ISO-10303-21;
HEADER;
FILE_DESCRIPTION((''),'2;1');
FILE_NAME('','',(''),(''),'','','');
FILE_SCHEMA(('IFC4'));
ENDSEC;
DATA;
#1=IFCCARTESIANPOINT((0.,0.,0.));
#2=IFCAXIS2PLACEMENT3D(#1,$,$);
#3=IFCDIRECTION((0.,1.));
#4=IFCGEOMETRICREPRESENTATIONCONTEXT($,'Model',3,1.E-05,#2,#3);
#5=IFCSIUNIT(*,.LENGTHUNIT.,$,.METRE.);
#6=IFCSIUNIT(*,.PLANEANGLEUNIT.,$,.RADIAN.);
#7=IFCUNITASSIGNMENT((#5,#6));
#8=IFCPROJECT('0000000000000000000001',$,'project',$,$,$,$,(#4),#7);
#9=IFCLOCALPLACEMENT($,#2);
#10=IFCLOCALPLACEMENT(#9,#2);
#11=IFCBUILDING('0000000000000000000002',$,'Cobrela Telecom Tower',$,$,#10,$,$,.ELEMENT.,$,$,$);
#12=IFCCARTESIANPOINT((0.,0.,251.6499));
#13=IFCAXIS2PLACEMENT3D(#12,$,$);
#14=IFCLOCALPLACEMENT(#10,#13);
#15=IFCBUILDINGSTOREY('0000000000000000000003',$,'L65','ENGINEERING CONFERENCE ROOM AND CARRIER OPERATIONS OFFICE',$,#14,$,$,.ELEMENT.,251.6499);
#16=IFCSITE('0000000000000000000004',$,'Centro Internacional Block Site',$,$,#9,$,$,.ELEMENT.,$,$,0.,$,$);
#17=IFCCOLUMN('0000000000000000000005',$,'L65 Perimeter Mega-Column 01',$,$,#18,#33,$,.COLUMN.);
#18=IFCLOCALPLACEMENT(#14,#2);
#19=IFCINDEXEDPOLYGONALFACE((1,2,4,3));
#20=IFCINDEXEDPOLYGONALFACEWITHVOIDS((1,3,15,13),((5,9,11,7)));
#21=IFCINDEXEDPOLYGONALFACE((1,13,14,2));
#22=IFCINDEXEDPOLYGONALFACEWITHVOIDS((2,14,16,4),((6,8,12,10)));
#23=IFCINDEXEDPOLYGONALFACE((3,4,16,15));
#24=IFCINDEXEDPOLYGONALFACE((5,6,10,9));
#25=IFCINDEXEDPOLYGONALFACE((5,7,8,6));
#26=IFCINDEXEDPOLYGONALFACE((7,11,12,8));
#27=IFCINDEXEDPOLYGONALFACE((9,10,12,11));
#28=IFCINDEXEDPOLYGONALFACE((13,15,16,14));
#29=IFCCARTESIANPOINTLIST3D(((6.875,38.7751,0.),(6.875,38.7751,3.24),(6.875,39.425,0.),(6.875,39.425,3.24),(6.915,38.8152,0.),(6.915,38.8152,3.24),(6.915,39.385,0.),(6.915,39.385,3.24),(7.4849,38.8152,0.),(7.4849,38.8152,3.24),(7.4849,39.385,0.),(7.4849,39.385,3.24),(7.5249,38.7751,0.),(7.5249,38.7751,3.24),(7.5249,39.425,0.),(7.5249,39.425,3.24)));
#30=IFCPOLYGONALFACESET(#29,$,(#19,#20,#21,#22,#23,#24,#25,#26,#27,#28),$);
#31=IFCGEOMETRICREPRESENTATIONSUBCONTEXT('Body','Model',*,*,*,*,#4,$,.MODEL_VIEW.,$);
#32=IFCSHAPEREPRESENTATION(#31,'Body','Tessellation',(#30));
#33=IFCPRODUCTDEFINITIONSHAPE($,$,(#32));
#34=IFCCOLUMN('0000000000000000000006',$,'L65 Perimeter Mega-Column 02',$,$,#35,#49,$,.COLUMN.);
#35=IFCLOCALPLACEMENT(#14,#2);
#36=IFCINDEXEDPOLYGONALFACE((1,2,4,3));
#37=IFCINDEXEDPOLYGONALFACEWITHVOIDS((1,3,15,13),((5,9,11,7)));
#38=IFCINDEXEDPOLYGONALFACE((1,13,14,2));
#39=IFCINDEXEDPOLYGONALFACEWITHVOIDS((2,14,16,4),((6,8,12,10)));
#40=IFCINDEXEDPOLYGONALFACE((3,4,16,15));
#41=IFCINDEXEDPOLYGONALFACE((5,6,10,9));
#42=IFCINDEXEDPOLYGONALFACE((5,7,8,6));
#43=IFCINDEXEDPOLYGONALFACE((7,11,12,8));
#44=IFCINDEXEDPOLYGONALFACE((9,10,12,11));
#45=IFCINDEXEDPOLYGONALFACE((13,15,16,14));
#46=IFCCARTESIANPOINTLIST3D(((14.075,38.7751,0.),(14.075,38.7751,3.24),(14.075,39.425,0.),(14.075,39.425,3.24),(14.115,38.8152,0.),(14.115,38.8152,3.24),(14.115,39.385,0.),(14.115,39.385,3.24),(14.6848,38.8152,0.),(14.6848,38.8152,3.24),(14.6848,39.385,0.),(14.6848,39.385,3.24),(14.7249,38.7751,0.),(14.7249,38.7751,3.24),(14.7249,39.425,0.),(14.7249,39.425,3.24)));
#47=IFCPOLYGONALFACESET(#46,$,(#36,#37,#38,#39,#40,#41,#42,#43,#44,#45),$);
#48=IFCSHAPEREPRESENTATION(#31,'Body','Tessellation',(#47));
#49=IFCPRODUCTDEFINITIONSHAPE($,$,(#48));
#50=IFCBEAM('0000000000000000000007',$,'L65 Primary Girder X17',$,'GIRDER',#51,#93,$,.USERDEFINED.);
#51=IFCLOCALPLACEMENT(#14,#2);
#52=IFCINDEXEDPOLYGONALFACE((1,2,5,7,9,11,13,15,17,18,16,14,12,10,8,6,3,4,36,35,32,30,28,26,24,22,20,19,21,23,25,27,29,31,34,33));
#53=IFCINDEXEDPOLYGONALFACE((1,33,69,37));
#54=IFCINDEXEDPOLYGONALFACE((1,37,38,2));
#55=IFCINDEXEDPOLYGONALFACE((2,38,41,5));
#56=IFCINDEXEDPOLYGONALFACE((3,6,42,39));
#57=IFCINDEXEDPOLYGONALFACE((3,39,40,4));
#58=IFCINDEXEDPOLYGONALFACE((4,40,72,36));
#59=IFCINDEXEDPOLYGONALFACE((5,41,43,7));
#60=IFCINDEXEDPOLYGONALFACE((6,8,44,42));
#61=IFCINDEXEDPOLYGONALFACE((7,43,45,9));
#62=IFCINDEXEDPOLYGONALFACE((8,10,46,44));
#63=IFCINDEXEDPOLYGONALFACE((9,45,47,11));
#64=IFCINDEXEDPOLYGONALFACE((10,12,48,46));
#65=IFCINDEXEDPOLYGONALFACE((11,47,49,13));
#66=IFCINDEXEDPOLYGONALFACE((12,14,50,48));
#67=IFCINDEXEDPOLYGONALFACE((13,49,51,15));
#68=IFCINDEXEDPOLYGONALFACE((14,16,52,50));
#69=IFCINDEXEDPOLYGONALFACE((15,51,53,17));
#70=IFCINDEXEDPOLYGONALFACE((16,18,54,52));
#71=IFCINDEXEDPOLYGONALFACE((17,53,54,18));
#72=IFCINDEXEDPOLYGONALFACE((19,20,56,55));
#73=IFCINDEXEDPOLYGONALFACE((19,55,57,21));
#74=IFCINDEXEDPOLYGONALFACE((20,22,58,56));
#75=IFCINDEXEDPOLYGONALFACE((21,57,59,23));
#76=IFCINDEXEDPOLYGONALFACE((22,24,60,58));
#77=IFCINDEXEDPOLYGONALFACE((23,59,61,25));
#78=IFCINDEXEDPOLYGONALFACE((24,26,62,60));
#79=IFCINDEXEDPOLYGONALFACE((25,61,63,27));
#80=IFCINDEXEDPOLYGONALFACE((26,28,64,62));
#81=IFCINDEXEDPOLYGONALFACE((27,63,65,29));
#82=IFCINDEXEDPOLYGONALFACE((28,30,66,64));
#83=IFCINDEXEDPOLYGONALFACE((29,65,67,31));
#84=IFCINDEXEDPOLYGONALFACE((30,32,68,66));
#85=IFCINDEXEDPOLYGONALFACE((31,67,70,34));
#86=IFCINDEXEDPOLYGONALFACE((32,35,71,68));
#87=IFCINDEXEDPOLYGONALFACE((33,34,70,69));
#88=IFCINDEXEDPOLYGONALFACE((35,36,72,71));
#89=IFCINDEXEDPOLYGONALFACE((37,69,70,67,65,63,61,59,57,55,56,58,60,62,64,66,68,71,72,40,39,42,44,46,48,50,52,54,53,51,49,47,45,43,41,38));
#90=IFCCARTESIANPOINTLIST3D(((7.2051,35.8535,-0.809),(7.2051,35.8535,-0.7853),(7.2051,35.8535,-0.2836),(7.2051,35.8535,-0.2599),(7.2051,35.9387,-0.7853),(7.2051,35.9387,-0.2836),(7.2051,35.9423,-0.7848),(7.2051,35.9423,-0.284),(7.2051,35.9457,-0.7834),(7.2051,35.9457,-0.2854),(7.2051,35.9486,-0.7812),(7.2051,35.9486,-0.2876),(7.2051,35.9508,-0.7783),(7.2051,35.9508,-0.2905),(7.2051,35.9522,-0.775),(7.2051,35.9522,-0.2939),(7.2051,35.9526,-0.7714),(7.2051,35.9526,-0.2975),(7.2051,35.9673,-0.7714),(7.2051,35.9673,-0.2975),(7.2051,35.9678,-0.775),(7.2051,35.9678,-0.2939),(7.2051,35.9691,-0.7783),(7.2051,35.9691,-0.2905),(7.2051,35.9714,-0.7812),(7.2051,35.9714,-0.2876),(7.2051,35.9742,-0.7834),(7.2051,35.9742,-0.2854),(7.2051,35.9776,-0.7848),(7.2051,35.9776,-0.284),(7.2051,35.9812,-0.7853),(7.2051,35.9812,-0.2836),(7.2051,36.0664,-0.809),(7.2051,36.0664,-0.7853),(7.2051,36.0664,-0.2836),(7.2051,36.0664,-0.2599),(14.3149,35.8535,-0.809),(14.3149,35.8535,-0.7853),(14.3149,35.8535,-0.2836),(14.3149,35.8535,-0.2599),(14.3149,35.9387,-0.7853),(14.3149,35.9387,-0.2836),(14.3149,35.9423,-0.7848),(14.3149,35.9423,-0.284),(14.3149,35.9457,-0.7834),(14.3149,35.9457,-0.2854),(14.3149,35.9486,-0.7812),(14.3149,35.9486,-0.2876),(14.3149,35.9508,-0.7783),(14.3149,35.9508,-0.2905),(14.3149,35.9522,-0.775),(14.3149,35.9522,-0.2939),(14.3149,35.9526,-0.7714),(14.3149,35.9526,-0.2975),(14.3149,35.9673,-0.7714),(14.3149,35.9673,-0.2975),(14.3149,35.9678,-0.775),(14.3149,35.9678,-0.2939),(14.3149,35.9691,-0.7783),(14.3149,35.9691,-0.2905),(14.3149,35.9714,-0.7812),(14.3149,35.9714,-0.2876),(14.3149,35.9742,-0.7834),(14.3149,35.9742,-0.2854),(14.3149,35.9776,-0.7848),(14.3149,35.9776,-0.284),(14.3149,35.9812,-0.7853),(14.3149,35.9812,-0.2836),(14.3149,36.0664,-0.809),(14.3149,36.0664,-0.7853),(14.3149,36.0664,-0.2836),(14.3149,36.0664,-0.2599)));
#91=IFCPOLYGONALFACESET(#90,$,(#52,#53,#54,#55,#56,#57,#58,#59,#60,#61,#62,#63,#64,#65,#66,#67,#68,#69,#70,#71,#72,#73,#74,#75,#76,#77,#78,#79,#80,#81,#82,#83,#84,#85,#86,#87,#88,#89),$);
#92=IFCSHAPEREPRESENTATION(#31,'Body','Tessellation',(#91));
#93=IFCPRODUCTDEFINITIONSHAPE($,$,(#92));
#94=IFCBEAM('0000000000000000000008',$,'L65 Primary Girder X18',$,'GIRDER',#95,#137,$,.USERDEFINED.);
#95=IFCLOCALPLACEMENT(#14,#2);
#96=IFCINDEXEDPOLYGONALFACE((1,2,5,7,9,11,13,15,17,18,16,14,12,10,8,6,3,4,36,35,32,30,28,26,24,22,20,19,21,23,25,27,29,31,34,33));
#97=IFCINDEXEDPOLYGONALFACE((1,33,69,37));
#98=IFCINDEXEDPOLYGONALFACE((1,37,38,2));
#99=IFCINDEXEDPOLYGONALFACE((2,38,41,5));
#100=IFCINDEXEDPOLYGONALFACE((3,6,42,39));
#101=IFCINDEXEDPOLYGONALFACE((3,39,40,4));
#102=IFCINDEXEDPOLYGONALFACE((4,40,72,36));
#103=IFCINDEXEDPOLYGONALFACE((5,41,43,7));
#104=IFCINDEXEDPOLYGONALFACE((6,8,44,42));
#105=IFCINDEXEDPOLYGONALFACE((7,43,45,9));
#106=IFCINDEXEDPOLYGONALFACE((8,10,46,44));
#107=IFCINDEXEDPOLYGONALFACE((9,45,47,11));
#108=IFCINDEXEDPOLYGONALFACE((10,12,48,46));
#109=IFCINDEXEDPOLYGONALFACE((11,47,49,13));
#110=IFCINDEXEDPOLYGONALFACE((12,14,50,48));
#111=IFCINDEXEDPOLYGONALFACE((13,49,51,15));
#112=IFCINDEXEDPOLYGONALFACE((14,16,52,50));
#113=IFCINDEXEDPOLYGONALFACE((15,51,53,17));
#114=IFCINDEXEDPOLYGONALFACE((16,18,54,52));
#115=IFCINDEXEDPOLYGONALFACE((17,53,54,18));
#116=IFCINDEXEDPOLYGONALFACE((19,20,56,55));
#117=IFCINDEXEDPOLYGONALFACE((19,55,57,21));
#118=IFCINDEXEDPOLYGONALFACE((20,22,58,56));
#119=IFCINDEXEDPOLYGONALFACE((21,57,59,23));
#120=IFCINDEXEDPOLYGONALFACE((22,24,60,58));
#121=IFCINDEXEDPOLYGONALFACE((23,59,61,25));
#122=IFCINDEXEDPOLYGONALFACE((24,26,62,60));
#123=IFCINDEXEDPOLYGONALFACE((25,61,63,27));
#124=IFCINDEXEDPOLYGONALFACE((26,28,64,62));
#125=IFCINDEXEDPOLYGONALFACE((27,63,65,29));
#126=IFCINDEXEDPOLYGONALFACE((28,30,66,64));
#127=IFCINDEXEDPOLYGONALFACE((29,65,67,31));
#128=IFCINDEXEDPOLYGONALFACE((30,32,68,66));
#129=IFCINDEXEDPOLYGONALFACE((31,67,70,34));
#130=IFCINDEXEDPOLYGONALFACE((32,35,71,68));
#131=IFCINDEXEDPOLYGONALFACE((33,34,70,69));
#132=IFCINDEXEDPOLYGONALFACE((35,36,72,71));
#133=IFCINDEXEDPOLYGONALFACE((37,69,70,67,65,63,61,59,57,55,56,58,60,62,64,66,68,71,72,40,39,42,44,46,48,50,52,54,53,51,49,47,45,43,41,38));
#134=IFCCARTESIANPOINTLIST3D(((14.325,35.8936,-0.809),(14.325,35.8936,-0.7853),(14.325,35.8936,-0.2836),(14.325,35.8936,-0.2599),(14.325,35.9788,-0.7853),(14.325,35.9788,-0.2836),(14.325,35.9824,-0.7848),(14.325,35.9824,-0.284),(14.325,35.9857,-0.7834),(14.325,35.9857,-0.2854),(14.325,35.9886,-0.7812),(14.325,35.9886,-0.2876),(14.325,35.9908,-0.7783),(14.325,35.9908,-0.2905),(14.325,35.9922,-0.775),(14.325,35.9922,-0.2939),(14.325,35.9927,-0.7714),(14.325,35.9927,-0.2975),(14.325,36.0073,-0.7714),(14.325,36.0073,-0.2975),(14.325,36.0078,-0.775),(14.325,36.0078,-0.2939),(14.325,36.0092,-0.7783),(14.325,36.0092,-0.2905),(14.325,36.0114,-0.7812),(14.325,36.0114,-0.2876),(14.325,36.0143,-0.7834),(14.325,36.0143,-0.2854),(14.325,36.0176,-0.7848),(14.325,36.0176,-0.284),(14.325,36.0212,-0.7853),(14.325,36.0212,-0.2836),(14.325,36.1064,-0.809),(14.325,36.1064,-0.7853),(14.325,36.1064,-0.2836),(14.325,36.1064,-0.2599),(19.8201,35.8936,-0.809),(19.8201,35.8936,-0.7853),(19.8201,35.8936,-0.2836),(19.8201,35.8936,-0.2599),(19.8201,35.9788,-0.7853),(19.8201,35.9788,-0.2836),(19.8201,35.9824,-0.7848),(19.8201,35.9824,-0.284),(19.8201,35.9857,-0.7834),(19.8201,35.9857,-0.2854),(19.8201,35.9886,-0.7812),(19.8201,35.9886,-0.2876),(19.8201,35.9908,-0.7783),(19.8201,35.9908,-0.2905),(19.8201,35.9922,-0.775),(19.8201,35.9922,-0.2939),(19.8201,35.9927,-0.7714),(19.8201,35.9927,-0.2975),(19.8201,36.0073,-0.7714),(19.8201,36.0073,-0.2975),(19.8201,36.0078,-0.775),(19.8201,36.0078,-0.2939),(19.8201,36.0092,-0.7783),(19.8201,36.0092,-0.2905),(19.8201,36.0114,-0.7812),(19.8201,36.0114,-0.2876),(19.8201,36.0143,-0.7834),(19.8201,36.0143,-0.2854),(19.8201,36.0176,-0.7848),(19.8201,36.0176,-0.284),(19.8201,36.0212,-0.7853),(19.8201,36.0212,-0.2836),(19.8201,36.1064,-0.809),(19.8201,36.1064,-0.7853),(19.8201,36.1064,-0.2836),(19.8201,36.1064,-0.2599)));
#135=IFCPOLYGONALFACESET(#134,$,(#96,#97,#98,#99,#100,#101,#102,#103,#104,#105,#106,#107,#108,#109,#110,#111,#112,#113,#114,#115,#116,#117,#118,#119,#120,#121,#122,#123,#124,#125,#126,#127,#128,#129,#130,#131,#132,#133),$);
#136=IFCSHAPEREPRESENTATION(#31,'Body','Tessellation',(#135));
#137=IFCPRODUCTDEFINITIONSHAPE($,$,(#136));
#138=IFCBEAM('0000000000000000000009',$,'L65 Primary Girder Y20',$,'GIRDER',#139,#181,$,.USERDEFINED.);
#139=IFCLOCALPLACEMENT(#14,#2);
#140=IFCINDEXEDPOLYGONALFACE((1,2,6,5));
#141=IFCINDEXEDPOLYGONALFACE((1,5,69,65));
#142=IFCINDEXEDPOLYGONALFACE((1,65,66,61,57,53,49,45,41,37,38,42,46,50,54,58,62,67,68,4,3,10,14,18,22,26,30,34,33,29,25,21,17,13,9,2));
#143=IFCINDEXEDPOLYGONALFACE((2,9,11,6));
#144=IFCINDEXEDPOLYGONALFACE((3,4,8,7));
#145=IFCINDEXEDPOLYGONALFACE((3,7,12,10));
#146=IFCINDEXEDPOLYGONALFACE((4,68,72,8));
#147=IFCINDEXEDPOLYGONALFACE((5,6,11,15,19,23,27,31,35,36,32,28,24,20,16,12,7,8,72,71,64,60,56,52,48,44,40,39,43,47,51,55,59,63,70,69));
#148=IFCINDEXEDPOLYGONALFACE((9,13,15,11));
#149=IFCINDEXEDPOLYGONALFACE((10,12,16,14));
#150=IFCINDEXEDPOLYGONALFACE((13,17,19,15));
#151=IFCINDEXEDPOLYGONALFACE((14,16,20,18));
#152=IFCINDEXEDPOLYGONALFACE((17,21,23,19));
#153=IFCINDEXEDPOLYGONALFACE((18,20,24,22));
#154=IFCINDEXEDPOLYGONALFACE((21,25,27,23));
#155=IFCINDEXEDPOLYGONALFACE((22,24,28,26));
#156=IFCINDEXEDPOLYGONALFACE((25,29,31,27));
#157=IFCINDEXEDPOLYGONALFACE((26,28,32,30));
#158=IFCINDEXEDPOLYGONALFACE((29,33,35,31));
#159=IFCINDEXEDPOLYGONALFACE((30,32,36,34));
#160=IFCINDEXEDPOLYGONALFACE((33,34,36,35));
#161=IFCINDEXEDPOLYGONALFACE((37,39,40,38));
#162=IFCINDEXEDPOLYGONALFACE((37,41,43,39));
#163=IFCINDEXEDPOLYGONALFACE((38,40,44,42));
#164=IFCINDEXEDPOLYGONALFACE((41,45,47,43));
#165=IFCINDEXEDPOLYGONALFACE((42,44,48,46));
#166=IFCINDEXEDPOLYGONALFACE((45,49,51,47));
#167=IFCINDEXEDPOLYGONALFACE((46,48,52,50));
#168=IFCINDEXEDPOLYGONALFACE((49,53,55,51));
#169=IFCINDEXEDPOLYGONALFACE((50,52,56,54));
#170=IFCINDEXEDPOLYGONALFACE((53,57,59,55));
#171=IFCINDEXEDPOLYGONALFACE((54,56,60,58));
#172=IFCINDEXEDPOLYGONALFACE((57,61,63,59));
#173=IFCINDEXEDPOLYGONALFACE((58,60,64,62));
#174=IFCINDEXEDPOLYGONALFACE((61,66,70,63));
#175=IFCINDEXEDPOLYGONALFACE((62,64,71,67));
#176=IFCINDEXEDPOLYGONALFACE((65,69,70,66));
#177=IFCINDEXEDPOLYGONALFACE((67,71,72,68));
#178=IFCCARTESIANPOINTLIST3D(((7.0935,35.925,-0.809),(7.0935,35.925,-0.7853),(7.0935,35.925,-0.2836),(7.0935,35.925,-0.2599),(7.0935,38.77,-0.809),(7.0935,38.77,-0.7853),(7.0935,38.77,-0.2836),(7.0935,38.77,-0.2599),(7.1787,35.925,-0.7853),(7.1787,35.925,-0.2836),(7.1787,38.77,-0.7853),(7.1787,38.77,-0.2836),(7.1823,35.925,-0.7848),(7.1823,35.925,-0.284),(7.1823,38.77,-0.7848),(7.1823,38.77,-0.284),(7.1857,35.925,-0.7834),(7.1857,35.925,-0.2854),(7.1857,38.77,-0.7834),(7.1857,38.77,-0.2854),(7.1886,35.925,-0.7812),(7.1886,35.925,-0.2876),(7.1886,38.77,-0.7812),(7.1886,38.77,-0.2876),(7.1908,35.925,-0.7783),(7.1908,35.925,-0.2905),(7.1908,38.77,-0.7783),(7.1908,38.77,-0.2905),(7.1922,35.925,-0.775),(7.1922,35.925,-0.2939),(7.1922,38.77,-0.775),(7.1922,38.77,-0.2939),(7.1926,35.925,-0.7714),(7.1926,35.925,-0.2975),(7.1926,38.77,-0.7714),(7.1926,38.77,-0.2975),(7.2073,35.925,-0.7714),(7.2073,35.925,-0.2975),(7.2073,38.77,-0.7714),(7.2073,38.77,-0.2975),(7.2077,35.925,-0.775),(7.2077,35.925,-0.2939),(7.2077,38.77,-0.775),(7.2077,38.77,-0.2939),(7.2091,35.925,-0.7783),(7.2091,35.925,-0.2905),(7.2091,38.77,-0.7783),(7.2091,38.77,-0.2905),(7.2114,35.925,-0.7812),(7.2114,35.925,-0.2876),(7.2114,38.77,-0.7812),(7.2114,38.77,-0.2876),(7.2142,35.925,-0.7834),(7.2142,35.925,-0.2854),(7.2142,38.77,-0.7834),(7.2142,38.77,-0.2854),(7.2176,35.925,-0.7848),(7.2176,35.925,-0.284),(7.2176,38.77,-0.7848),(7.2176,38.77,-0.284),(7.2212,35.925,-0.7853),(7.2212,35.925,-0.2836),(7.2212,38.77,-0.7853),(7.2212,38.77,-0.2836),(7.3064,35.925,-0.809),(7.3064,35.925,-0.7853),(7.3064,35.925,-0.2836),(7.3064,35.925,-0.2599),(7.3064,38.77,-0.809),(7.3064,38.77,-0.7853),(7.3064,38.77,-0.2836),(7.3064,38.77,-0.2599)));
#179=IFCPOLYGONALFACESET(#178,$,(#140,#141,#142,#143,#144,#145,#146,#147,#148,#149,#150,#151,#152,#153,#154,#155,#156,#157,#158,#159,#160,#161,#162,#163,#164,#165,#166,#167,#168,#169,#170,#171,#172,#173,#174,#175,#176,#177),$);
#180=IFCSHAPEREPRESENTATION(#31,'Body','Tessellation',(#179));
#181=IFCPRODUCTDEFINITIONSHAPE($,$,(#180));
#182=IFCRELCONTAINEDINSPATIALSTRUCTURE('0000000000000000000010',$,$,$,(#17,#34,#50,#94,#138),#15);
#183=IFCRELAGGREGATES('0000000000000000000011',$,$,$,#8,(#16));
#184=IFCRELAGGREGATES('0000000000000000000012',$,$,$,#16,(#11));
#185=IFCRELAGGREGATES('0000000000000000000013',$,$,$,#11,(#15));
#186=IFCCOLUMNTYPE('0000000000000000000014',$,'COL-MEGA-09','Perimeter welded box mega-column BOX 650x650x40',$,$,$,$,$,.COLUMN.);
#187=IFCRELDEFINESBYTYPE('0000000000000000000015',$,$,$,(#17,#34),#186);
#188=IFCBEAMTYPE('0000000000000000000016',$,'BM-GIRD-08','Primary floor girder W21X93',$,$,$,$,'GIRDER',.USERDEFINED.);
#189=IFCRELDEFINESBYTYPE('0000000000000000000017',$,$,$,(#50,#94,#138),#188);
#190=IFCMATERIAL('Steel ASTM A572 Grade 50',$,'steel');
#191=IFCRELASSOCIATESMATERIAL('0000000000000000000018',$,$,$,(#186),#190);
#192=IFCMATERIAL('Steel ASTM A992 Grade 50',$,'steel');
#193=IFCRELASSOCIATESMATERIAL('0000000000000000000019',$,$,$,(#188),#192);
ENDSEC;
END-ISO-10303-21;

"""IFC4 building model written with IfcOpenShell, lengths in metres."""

from ifc_helpers import new_model, si_unit, direction, frame, origin, origin_2d, place, context, subcontext, project, spatial, hollow_rectangle, i_section, extrude, material, material_profile, profile_set, type_object, element, save


model = new_model("IFC4")

# Units and contexts
model_context = context("Model", 3, precision=1e-05, world=origin(), true_north=direction((0.0, 1.0)))
body_context = subcontext(model_context, "Body", "Model", "MODEL_VIEW")
ifc_project = project(units=[si_unit("LENGTHUNIT", "METRE"), si_unit("PLANEANGLEUNIT", "RADIAN")], contexts=[model_context])

# Site, building, storey
site_placement = place(None, origin())
site = spatial("IfcSite", under=ifc_project, at=site_placement, Name="Centro Internacional Block Site", CompositionType="ELEMENT", RefElevation=0.0)
building_placement = place(site_placement, origin())
building = spatial("IfcBuilding", under=site, at=building_placement, Name="Cobrela Telecom Tower", CompositionType="ELEMENT")
storey_placement = place(building_placement, frame((0.0, 0.0, 251.6499)))
storey = spatial("IfcBuildingStorey", under=building, at=storey_placement, Name="L65", Description="ENGINEERING CONFERENCE ROOM AND CARRIER OPERATIONS OFFICE", CompositionType="ELEMENT", Elevation=251.6499)

# Columns
ifc_material_1 = material(Name="Steel ASTM A572 Grade 50", Category="steel")
ifc_material_profile_1 = material_profile(ifc_material_1, hollow_rectangle(XDim=0.6499, YDim=0.6499, WallThickness=0.04, at=origin_2d()), Name="BOX 650x650x40")
ifc_profile_set_1 = profile_set([ifc_material_profile_1], Name="Steel ASTM A572 Grade 50")
column_type = type_object("IfcColumnType", Name="COL-MEGA-09", Description="Perimeter welded box mega-column BOX 650x650x40", PredefinedType="COLUMN", material=ifc_profile_set_1)
for number, where, z_axis, x_axis, name in (
    (1, (7.2, 39.1001, 0.0), (0.0, 0.0, 1.0), (1.0, 0.0, 0.0), "L65 Perimeter Mega-Column 01"),
    (2, (14.3999, 39.1001, 0.0), (0.0, 0.0, 1.0), (1.0, 0.0, 0.0), "L65 Perimeter Mega-Column 02"),
):
    element("IfcColumn", number, at=place(storey_placement, frame(where, z_axis=z_axis, x_axis=x_axis)), inside=storey, type_object=column_type, Name=name, PredefinedType="COLUMN", context=body_context, shape_type="SweptSolid", body=[
        extrude(hollow_rectangle(XDim=0.6499, YDim=0.6499, WallThickness=0.04, at=origin_2d()), origin(), (0.0, 0.0, 1.0), 3.24),
    ])

# Beams
ifc_material_2 = material(Name="Steel ASTM A992 Grade 50", Category="steel")
ifc_material_profile_2 = material_profile(ifc_material_2, i_section(OverallWidth=0.2129, OverallDepth=0.5491, WebThickness=0.0146, FlangeThickness=0.0237, FilletRadius=0.0139, at=origin_2d()), Name="W21X93")
ifc_profile_set_2 = profile_set([ifc_material_profile_2], Name="Steel ASTM A992 Grade 50")
beam_type_1 = type_object("IfcBeamType", Name="BM-GIRD-08", Description="Primary floor girder W21X93", ElementType="GIRDER", PredefinedType="USERDEFINED", material=ifc_profile_set_2)
beam_1_placement = place(storey_placement, frame((7.2051, 35.96, -0.5344), z_axis=(1.0, 0.0, 0.0), x_axis=(0.0, 1.0, 0.0)))
element("IfcBeam", 3, at=beam_1_placement, inside=storey, type_object=beam_type_1, Name="L65 Primary Girder X17", ObjectType="GIRDER", PredefinedType="USERDEFINED", context=body_context, shape_type="SweptSolid", body=[
    extrude(i_section(OverallWidth=0.2129, OverallDepth=0.5491, WebThickness=0.0146, FlangeThickness=0.0237, FilletRadius=0.0139, at=origin_2d()), origin(), (0.0, 0.0, 1.0), 7.1099),
])
beam_2_placement = place(storey_placement, frame((14.325, 36.0, -0.5344), z_axis=(1.0, 0.0, 0.0), x_axis=(0.0, 1.0, 0.0)))
element("IfcBeam", 4, at=beam_2_placement, inside=storey, type_object=beam_type_1, Name="L65 Primary Girder X18", ObjectType="GIRDER", PredefinedType="USERDEFINED", context=body_context, shape_type="SweptSolid", body=[
    extrude(i_section(OverallWidth=0.2129, OverallDepth=0.5491, WebThickness=0.0146, FlangeThickness=0.0237, FilletRadius=0.0139, at=origin_2d()), origin(), (0.0, 0.0, 1.0), 5.4951),
])
for number, where, z_axis, x_axis, name in (
    (5, (7.2, 35.925, -0.5344), (0.0, 1.0, 0.0), (-1.0, 0.0, 0.0), "L65 Primary Girder Y20"),
):
    element("IfcBeam", number, at=place(storey_placement, frame(where, z_axis=z_axis, x_axis=x_axis)), inside=storey, type_object=beam_type_1, Name=name, ObjectType="GIRDER", PredefinedType="USERDEFINED", context=body_context, shape_type="SweptSolid", body=[
        extrude(i_section(OverallWidth=0.2129, OverallDepth=0.5491, WebThickness=0.0146, FlangeThickness=0.0237, FilletRadius=0.0139, at=origin_2d()), origin(), (0.0, 0.0, 1.0), 2.845),
    ])

save(model, "model.ifc")
